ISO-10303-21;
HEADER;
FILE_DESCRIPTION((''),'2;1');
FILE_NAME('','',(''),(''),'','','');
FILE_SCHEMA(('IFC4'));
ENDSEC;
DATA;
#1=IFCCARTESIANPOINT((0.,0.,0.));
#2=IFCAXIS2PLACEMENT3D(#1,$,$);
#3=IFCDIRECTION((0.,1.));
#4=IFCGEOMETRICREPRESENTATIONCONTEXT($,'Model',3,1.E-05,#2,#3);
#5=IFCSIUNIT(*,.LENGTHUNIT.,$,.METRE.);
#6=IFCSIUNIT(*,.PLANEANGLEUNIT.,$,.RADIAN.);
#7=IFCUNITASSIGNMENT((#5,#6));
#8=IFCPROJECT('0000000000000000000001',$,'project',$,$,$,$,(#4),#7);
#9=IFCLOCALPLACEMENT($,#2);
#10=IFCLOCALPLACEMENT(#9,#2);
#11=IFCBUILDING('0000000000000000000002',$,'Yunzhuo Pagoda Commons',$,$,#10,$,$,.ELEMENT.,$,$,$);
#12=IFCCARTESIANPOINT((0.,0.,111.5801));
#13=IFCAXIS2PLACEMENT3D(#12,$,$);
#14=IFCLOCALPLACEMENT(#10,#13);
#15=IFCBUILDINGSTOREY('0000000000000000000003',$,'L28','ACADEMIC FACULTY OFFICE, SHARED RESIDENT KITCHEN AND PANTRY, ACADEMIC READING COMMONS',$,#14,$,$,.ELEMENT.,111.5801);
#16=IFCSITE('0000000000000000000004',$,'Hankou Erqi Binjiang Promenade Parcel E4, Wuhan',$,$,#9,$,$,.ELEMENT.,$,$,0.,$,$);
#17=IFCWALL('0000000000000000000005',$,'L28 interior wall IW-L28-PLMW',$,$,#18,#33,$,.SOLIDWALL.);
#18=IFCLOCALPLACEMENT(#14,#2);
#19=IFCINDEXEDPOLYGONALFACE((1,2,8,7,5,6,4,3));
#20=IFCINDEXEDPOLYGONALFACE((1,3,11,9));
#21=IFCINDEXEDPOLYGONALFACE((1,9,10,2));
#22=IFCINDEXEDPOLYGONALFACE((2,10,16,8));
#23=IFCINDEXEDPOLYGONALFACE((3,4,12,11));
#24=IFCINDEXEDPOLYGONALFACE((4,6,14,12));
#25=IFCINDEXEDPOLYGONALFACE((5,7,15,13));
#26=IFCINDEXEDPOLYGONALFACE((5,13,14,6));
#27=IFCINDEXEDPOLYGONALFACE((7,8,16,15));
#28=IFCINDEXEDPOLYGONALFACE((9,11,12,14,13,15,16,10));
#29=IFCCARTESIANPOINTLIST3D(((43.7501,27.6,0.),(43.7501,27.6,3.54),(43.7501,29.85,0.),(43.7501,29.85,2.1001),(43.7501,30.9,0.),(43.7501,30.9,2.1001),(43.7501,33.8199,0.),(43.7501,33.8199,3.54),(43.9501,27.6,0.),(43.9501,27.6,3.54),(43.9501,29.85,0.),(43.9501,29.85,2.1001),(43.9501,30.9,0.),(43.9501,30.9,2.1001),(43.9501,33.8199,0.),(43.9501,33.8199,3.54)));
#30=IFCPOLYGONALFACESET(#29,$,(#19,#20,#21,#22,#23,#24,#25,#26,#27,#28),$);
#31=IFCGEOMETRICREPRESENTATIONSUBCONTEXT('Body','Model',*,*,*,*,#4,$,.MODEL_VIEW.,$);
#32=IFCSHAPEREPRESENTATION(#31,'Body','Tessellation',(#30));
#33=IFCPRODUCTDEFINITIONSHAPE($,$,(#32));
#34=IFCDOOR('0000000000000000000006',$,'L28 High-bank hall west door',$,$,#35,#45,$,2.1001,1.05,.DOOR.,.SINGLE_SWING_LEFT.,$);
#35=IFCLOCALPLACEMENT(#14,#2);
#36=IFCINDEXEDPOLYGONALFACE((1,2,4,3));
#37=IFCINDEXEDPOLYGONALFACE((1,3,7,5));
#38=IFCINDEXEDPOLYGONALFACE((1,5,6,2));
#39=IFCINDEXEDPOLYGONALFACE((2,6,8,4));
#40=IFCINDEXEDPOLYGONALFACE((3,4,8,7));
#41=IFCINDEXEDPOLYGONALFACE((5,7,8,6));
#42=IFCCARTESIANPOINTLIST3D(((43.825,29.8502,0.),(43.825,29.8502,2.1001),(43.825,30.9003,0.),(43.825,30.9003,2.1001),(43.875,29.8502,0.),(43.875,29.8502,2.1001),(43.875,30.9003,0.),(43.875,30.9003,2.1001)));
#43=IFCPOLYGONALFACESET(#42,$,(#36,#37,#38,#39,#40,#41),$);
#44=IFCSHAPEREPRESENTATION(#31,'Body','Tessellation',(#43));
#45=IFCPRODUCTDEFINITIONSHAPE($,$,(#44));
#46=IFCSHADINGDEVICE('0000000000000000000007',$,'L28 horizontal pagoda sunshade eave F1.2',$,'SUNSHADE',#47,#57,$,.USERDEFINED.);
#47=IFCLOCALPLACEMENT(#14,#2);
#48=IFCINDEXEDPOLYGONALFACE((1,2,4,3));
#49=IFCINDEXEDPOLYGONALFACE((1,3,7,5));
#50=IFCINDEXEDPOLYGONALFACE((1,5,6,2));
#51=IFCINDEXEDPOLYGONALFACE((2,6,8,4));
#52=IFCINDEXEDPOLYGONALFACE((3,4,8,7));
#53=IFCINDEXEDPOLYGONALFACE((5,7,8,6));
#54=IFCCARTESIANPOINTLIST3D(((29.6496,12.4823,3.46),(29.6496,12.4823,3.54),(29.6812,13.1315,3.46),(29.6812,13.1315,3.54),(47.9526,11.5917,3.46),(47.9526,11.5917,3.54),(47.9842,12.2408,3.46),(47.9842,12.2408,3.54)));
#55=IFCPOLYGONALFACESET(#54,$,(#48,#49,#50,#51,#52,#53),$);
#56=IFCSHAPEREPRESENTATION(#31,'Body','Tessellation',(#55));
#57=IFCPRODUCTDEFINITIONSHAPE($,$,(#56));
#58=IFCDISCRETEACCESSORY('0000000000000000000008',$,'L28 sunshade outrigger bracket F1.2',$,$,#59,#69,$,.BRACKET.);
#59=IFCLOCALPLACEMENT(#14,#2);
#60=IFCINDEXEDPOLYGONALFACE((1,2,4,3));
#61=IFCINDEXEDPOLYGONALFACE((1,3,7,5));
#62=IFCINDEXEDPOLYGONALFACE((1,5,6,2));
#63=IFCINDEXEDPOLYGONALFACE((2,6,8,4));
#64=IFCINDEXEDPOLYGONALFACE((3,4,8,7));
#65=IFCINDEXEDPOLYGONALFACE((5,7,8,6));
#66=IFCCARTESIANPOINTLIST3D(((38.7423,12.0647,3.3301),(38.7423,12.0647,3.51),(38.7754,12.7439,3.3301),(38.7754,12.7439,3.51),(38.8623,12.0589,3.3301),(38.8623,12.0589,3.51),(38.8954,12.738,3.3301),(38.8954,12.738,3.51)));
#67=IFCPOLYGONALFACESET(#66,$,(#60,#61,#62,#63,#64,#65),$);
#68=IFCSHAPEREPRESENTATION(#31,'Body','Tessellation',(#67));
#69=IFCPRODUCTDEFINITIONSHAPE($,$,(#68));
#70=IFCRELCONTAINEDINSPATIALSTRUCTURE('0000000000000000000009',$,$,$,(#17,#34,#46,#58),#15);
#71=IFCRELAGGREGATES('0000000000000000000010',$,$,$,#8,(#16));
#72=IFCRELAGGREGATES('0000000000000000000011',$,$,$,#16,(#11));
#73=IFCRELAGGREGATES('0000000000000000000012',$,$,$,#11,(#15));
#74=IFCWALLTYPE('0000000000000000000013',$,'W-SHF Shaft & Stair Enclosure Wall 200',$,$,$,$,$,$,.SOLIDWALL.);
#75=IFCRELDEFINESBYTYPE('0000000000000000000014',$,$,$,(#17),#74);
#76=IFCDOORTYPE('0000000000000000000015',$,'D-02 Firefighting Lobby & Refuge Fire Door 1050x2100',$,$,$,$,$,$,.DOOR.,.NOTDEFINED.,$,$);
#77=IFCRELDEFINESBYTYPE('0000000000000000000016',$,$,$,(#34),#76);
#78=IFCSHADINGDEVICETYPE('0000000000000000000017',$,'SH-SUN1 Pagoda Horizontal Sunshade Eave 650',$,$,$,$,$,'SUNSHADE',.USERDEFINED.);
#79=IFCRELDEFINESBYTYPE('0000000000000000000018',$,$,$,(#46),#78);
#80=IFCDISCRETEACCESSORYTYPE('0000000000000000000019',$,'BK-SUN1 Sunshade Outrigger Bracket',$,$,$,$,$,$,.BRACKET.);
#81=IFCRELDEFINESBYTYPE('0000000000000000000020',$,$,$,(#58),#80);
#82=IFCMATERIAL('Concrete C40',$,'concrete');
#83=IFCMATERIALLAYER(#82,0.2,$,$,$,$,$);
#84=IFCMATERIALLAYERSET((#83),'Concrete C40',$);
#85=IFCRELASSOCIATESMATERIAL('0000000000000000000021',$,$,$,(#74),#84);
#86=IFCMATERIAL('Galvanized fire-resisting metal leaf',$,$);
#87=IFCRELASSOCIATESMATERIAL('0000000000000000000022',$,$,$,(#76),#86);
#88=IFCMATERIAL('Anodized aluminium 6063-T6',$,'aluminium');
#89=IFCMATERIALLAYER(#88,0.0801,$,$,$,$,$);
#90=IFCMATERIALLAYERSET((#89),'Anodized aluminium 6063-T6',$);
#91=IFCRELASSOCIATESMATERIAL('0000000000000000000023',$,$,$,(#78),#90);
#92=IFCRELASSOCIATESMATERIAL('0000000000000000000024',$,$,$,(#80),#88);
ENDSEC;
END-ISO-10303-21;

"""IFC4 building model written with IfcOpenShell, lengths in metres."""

from ifc_helpers import new_model, si_unit, direction, frame, frame_2d, origin, origin_2d, place, context, subcontext, project, spatial, rectangle, extrude, source, transform, mapped, material, layer, layer_set, type_object, element, fill, save


model = new_model("IFC4")

# Units and contexts
model_context = context("Model", 3, precision=1e-05, world=origin(), true_north=direction((0.0, 1.0)))
body_context = subcontext(model_context, "Body", "Model", "MODEL_VIEW")
ifc_project = project(units=[si_unit("LENGTHUNIT", "METRE"), si_unit("PLANEANGLEUNIT", "RADIAN")], contexts=[model_context])

# Site, building, storey
site_placement = place(None, origin())
site = spatial("IfcSite", under=ifc_project, at=site_placement, Name="Hankou Erqi Binjiang Promenade Parcel E4, Wuhan", CompositionType="ELEMENT", RefElevation=0.0)
building_placement = place(site_placement, origin())
building = spatial("IfcBuilding", under=site, at=building_placement, Name="Yunzhuo Pagoda Commons", CompositionType="ELEMENT")
storey_placement = place(building_placement, frame((0.0, 0.0, 111.5801)))
storey = spatial("IfcBuildingStorey", under=building, at=storey_placement, Name="L28", Description="ACADEMIC FACULTY OFFICE, SHARED RESIDENT KITCHEN AND PANTRY, ACADEMIC READING COMMONS", CompositionType="ELEMENT", Elevation=111.5801)

# Shared definitions
ifc_material_1 = material(Name="Anodized aluminium 6063-T6", Category="aluminium")

# Shared definitions
ifc_material_2 = material(Name="Galvanized fire-resisting metal leaf")

# Wall, opening, door
ifc_material_3 = material(Name="Concrete C40", Category="concrete")
ifc_layer_1 = layer(ifc_material_3, 0.2)
ifc_layer_set_1 = layer_set([ifc_layer_1], Name="Concrete C40")
wall_type_1 = type_object("IfcWallType", Name="W-SHF Shaft & Stair Enclosure Wall 200", PredefinedType="SOLIDWALL", material=ifc_layer_set_1)
wall_1_placement = place(storey_placement, frame((43.8501, 27.6001, 0.0), z_axis=(0.0, 0.0, 1.0), x_axis=(0.0, 1.0, 0.0)))
wall_1 = element("IfcWall", 1, at=wall_1_placement, inside=storey, type_object=wall_type_1, Name="L28 interior wall IW-L28-PLMW", PredefinedType="SOLIDWALL", context=body_context, shape_type="SweptSolid", body=[
    extrude(rectangle(XDim=6.22, YDim=0.2, at=frame_2d((3.1099, 0.0))), origin(), (0.0, 0.0, 1.0), 3.54),
])
opening_1_placement = place(wall_1_placement, frame((2.25, 0.0, 0.0)))
opening_1 = element("IfcOpeningElement", 2, at=opening_1_placement, cuts=wall_1, PredefinedType="OPENING", context=body_context, shape_type="SweptSolid", body=[
    extrude(rectangle(XDim=1.05, YDim=2.1001, at=frame_2d((0.5249, 1.05))), frame((0.0, 0.1099, 0.0), z_axis=(0.0, -1.0, 0.0), x_axis=(1.0, 0.0, 0.0)), (0.0, 0.0, 1.0), 0.22),
])
door_type_1 = type_object("IfcDoorType", Name="D-02 Firefighting Lobby & Refuge Fire Door 1050x2100", OperationType="NOTDEFINED", PredefinedType="DOOR", material=ifc_material_2)
shared_shape_1 = source(origin(), body_context, "Body", "SweptSolid", [
    extrude(rectangle(XDim=1.05, YDim=2.1001, at=frame_2d((0.5249, 1.05))), frame((0.0, 0.0249, 0.0), z_axis=(0.0, -1.0, 0.0), x_axis=(1.0, 0.0, 0.0)), (0.0, 0.0, 1.0), 0.05),
])
door_1_placement = place(opening_1_placement, frame((1.05, 0.0, 0.0), z_axis=(0.0, 0.0, 1.0), x_axis=(-1.0, 0.0, 0.0)))
door_1 = element("IfcDoor", 3, at=door_1_placement, inside=storey, type_object=door_type_1, Name="L28 High-bank hall west door", OperationType="SINGLE_SWING_LEFT", OverallHeight=2.1001, OverallWidth=1.05, PredefinedType="DOOR", context=body_context, shape_type="MappedRepresentation", body=[
    mapped(shared_shape_1, transform((0.0, 0.0, 0.0), scale=1.0)),
])
fill(opening_1, door_1)

# Shading device
ifc_layer_2 = layer(ifc_material_1, 0.0801)
ifc_layer_set_2 = layer_set([ifc_layer_2], Name="Anodized aluminium 6063-T6")
shading_device_type = type_object("IfcShadingDeviceType", Name="SH-SUN1 Pagoda Horizontal Sunshade Eave 650", ElementType="SUNSHADE", PredefinedType="USERDEFINED", material=ifc_layer_set_2)
shared_shape_2 = source(origin(), body_context, "Body", "SweptSolid", [
    extrude(rectangle(XDim=18.3247, YDim=0.6499, at=origin_2d()), origin(), (0.0, 0.0, 1.0), 0.0801),
])
shading_device_placement = place(storey_placement, frame((38.8169, 12.3616, 3.46), z_axis=(0.0, 0.0, 1.0), x_axis=(0.998818, -0.048606, 0.0)))
element("IfcShadingDevice", 4, at=shading_device_placement, inside=storey, type_object=shading_device_type, Name="L28 horizontal pagoda sunshade eave F1.2", ObjectType="SUNSHADE", PredefinedType="USERDEFINED", context=body_context, shape_type="MappedRepresentation", body=[
    mapped(shared_shape_2, transform((0.0, 0.0, 0.0), scale=1.0)),
])

# Discrete accessory
discrete_accessory_type = type_object("IfcDiscreteAccessoryType", Name="BK-SUN1 Sunshade Outrigger Bracket", PredefinedType="BRACKET", material=ifc_material_1)
shared_shape_3 = source(origin(), body_context, "Body", "SweptSolid", [
    extrude(rectangle(XDim=0.1201, YDim=0.6799, at=origin_2d()), origin(), (0.0, 0.0, 1.0), 0.1799),
])
discrete_accessory_placement = place(storey_placement, frame((38.8188, 12.4014, 3.3301), z_axis=(0.0, 0.0, 1.0), x_axis=(0.998818, -0.048606, 0.0)))
element("IfcDiscreteAccessory", 5, at=discrete_accessory_placement, inside=storey, type_object=discrete_accessory_type, Name="L28 sunshade outrigger bracket F1.2", PredefinedType="BRACKET", context=body_context, shape_type="MappedRepresentation", body=[
    mapped(shared_shape_3, transform((0.0, 0.0, 0.0), scale=1.0)),
])

save(model, "model.ifc")
